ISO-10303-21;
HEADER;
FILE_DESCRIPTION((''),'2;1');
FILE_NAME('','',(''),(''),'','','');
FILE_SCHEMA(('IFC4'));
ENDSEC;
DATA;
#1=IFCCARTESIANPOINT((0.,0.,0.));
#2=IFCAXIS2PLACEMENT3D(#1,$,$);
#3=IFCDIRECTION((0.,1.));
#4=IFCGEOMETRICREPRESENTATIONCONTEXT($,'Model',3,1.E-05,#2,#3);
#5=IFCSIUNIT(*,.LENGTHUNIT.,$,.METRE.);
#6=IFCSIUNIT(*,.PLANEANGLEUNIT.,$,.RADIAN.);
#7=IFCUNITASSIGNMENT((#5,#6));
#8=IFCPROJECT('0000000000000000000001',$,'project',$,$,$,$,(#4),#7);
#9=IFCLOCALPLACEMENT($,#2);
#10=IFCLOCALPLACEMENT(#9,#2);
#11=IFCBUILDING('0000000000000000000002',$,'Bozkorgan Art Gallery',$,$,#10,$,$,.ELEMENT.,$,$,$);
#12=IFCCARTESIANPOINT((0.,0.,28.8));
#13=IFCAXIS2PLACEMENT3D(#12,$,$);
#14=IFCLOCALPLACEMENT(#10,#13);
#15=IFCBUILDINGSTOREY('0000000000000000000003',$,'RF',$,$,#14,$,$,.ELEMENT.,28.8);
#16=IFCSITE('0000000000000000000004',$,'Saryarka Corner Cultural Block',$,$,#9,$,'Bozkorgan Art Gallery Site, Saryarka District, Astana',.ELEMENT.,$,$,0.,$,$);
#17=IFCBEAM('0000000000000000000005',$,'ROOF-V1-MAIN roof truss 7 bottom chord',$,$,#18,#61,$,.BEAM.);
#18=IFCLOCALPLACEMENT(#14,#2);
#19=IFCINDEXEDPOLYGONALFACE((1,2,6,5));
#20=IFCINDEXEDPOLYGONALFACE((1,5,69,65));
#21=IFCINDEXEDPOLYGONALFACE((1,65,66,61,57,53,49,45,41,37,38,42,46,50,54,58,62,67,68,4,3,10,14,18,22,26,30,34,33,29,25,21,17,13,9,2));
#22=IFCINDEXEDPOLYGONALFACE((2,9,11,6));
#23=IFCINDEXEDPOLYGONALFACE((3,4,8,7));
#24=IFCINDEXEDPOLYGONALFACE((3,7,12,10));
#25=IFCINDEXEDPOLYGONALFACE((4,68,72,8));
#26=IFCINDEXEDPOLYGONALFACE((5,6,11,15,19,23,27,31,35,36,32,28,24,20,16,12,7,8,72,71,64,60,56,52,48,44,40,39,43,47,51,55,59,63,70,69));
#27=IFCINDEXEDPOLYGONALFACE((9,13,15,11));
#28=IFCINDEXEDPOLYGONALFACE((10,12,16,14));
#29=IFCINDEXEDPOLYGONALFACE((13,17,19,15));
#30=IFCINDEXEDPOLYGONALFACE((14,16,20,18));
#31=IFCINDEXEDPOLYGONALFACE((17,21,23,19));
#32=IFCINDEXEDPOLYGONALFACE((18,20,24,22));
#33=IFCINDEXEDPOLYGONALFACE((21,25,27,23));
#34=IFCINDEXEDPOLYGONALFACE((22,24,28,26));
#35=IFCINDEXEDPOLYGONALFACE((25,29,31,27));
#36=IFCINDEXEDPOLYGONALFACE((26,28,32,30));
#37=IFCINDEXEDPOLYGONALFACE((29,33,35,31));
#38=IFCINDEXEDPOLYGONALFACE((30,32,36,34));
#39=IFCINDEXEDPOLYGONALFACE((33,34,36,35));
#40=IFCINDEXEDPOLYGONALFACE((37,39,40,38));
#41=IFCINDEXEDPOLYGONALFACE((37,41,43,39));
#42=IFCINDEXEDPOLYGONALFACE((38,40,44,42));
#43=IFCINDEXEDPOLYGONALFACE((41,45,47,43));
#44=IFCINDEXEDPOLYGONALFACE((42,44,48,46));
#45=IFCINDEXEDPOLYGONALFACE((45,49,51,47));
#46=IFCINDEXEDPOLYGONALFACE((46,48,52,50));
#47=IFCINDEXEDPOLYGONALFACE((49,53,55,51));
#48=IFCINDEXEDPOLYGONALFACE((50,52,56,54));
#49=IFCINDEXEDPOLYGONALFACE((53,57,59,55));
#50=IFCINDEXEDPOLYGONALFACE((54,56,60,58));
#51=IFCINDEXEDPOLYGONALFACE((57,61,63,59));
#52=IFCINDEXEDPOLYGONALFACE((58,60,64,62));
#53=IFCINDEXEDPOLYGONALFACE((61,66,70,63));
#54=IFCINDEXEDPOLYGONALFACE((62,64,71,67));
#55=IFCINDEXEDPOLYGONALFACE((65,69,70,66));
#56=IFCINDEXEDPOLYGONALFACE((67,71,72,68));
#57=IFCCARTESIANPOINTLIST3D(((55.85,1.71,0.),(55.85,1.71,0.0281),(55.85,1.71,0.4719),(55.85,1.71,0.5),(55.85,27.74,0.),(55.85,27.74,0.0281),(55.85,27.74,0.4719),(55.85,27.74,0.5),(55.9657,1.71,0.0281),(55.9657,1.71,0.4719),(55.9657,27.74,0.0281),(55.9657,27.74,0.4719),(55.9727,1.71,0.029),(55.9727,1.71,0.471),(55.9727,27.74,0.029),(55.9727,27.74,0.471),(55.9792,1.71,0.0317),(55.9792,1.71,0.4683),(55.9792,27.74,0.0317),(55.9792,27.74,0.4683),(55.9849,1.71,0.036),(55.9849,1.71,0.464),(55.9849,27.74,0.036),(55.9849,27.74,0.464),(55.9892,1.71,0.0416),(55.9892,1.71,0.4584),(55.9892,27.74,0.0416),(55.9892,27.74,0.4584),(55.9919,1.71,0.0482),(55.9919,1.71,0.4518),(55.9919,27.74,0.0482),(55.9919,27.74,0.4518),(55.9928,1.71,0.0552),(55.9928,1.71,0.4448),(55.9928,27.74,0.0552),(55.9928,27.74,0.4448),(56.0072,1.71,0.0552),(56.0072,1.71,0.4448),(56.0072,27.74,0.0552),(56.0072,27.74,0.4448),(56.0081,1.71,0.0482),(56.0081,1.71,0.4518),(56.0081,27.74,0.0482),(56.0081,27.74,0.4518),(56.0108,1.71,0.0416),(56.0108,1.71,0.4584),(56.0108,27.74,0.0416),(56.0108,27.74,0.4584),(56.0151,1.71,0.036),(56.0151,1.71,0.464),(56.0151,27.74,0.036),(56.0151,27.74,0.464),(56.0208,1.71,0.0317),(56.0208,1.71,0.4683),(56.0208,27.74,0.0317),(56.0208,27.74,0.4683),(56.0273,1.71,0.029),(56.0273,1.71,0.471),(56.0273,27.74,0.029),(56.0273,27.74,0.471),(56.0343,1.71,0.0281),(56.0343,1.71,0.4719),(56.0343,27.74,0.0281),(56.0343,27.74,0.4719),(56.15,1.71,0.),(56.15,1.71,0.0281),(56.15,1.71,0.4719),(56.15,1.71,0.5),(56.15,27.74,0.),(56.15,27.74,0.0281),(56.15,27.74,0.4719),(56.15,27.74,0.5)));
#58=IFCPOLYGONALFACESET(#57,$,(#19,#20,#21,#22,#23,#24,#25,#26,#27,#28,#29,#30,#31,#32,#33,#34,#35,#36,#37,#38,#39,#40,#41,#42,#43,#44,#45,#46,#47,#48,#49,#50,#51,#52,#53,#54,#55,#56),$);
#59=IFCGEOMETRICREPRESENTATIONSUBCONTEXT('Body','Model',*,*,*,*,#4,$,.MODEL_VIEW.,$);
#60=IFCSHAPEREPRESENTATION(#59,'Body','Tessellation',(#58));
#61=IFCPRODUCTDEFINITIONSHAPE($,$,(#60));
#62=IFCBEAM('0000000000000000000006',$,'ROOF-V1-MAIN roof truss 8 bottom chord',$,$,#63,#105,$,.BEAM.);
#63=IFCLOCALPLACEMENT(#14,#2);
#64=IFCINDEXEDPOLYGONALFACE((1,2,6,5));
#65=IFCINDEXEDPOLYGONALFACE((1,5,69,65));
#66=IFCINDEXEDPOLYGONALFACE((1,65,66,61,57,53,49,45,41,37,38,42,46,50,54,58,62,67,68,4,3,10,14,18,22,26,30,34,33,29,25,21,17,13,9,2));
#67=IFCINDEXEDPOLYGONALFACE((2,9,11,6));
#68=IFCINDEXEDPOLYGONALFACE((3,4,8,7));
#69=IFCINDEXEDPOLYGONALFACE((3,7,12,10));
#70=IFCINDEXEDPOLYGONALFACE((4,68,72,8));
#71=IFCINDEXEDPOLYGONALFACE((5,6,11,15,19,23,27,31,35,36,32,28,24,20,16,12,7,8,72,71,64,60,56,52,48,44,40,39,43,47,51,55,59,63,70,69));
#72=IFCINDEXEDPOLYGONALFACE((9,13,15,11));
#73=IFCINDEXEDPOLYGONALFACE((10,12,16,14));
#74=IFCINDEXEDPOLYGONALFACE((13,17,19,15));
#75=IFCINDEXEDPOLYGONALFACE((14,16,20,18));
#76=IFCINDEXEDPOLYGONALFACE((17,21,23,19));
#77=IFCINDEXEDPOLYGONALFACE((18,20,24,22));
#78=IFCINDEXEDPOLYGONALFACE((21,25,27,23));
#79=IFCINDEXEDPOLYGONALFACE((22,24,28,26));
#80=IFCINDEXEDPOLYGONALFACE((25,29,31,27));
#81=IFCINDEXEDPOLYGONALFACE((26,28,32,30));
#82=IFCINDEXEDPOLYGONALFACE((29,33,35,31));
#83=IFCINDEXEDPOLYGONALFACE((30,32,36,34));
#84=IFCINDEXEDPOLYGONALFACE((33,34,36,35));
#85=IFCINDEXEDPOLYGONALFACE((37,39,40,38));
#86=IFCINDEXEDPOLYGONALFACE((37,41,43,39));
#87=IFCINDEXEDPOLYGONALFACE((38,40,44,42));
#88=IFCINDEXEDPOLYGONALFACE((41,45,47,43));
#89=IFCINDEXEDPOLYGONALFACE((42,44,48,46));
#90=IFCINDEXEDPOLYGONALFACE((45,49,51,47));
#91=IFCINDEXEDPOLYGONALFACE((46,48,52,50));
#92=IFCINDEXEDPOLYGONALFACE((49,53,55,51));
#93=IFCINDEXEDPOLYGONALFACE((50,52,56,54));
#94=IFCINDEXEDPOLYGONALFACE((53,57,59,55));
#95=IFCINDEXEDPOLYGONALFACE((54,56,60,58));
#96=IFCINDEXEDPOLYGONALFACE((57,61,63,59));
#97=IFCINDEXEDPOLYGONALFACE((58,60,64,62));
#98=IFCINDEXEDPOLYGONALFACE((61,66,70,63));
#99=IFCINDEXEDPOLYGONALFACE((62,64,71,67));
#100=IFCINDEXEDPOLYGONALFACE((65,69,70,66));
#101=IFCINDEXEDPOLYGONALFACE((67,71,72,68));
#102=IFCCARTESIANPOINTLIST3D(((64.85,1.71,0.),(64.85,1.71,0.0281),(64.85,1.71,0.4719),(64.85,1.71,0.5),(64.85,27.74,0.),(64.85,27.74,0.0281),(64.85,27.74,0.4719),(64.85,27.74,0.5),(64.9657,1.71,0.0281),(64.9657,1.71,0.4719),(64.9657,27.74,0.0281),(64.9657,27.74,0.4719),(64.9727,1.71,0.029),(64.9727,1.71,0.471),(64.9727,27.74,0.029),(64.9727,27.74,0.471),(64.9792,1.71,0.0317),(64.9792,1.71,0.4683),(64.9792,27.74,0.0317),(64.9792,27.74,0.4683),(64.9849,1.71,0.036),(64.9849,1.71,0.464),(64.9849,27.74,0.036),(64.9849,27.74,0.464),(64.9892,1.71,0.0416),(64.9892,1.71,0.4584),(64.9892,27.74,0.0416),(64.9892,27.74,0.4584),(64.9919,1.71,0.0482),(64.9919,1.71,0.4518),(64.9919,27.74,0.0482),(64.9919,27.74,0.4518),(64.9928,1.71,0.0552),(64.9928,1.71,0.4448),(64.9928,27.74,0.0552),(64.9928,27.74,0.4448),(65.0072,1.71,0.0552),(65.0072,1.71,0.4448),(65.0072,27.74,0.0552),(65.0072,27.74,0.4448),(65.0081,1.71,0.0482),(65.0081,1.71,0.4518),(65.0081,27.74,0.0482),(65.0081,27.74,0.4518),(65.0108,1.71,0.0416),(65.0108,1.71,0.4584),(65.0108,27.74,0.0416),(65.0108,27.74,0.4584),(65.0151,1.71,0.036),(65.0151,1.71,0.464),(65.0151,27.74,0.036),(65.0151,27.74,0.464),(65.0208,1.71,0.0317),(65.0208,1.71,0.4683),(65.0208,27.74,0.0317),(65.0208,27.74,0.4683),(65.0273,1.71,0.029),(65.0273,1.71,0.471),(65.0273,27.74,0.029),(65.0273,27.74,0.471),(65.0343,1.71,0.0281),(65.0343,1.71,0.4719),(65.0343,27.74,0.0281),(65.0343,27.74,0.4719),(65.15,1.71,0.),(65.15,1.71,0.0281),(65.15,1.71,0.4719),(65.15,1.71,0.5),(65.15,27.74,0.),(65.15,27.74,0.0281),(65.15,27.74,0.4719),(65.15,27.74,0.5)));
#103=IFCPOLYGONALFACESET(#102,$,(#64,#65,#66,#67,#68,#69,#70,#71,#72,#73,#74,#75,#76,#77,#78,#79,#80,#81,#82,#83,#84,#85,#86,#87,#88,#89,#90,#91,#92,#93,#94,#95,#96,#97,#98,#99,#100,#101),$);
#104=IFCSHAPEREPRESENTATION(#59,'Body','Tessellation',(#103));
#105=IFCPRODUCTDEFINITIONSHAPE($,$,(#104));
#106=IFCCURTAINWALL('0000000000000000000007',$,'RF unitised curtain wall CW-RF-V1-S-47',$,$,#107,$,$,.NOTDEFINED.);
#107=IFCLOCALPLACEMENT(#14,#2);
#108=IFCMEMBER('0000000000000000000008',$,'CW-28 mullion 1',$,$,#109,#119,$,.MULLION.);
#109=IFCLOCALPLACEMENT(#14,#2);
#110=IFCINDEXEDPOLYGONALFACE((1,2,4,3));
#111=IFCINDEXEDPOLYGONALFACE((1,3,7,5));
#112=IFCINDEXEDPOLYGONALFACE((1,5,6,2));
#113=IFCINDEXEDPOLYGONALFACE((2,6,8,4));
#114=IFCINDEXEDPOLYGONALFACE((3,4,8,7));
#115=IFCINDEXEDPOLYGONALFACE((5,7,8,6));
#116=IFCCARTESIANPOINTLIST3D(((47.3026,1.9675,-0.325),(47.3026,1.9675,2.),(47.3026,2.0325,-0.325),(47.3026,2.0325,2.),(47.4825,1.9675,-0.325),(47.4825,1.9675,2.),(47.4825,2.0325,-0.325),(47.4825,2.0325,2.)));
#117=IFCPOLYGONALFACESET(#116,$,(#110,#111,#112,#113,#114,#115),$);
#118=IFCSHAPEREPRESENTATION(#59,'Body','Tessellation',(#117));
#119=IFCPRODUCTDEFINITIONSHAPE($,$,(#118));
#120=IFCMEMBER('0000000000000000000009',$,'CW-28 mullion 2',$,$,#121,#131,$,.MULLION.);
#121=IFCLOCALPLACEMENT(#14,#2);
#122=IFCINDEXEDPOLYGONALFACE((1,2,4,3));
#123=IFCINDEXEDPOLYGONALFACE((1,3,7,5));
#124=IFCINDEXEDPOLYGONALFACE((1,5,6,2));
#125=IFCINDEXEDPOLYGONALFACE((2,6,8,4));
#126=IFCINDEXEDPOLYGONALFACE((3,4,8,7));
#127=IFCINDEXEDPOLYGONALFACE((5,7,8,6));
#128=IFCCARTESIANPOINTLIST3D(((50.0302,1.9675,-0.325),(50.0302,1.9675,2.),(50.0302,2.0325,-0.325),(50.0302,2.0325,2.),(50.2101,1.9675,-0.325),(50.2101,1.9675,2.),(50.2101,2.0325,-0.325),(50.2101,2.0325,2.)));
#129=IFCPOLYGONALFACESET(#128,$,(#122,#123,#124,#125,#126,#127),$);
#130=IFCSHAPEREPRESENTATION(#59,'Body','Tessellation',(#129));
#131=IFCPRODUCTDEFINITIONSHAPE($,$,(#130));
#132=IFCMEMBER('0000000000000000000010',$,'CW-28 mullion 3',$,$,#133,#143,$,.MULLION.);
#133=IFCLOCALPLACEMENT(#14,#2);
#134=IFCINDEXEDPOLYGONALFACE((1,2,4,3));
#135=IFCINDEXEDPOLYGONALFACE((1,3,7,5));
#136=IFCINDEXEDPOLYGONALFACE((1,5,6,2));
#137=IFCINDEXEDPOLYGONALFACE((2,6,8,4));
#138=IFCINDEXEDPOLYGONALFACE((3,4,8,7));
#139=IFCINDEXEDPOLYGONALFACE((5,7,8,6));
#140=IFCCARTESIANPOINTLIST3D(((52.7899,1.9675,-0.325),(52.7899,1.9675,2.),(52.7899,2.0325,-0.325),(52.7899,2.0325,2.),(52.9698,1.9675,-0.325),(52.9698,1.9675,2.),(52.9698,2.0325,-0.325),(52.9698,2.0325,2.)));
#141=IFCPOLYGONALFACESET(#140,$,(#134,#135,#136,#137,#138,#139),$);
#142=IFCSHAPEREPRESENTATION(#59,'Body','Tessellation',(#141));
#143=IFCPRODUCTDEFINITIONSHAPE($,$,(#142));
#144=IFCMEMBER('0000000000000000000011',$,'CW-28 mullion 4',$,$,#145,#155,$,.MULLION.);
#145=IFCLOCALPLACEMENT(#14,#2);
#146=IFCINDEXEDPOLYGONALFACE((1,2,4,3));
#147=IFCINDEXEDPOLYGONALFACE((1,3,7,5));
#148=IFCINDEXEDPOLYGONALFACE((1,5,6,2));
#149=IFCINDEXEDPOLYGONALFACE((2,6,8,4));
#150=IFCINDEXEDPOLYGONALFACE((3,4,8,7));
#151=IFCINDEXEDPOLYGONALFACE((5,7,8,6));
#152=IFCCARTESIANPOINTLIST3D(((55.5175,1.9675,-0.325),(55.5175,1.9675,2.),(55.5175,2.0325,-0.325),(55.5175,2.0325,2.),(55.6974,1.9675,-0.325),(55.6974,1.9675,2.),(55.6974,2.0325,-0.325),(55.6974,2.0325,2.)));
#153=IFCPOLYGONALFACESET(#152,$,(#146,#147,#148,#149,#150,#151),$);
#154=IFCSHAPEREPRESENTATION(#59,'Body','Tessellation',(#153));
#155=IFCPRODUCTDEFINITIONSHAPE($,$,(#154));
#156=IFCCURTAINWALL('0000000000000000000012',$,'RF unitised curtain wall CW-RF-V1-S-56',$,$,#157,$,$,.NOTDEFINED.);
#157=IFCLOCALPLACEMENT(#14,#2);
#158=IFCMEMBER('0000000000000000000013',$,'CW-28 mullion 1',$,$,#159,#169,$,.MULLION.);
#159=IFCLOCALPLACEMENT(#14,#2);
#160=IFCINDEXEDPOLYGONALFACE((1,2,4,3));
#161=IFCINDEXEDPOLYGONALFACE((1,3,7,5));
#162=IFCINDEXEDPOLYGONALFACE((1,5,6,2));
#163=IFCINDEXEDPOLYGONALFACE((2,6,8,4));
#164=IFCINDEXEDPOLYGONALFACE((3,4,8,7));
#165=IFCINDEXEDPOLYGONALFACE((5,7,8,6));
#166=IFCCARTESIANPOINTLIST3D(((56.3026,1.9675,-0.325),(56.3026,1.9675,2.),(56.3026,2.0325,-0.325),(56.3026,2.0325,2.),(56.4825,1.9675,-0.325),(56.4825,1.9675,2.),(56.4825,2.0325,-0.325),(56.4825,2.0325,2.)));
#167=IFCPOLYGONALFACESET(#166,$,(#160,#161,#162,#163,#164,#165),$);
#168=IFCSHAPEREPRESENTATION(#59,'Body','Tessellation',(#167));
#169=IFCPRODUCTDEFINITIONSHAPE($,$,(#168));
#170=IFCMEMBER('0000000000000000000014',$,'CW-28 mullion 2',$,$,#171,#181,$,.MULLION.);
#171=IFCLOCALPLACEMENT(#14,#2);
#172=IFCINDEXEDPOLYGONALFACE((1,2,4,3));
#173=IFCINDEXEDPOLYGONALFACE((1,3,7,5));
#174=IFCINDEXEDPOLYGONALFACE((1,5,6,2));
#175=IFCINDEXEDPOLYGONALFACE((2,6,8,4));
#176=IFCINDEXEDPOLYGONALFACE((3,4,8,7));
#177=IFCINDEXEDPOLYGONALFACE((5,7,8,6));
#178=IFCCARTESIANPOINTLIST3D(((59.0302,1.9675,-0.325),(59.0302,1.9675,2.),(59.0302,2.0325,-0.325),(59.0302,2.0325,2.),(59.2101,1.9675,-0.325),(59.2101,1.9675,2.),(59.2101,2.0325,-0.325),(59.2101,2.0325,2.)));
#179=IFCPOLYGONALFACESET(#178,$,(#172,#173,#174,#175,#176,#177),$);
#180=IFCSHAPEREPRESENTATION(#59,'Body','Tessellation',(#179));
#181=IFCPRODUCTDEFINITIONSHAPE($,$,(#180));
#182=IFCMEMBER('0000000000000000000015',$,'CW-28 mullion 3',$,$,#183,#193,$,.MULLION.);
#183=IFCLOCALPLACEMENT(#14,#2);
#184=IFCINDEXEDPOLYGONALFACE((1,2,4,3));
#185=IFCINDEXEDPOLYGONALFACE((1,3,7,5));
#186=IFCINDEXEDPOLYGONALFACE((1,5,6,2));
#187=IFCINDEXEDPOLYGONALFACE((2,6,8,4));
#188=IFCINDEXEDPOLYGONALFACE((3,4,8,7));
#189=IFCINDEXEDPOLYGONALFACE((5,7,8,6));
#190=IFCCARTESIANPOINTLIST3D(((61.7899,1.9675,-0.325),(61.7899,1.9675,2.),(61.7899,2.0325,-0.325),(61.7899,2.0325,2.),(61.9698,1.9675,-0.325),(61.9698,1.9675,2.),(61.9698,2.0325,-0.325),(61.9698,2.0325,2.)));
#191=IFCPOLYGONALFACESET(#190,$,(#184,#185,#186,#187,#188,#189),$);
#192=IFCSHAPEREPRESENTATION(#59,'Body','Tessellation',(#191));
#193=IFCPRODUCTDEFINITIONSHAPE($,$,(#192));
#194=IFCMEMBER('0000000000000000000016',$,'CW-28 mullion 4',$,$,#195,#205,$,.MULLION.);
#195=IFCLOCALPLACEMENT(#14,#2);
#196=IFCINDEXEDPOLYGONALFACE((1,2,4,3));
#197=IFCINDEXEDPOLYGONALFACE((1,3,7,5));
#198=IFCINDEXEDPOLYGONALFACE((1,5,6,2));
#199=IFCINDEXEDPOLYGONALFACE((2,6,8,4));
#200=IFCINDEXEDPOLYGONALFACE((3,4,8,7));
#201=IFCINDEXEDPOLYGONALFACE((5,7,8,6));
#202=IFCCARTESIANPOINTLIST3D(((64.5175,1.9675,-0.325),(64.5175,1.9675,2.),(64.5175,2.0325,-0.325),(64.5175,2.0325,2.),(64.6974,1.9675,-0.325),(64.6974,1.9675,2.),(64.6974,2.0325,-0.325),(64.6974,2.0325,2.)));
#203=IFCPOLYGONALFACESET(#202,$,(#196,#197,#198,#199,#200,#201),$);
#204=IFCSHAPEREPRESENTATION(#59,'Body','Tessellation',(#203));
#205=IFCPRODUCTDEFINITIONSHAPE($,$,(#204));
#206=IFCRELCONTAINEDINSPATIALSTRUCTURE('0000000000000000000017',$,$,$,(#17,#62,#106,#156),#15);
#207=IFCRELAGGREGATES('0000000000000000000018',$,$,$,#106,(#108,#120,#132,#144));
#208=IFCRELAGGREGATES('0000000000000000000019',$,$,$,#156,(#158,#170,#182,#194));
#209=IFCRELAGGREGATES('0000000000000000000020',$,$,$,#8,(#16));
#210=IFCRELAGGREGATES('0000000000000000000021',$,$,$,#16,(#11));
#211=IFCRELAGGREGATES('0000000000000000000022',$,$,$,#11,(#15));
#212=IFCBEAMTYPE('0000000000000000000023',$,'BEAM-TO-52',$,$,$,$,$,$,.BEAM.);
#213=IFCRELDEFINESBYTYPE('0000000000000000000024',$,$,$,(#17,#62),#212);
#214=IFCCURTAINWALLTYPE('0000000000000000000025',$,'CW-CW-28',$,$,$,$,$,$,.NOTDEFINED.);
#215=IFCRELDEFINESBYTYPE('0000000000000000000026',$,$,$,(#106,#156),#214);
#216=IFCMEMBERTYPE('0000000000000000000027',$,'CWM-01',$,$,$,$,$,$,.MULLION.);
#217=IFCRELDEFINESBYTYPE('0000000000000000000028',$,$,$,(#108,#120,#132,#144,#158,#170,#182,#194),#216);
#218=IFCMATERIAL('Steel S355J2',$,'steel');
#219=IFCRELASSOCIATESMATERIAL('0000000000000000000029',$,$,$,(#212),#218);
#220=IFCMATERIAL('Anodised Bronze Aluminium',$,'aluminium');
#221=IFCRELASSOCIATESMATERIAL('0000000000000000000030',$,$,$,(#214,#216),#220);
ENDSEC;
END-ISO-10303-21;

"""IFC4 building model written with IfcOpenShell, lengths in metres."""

from ifc_helpers import new_model, si_unit, direction, frame, origin, origin_2d, place, context, subcontext, project, spatial, rectangle, i_section, extrude, material, material_profile, profile_set, type_object, element, aggregate, save


model = new_model("IFC4")

# Units and contexts
model_context = context("Model", 3, precision=1e-05, world=origin(), true_north=direction((0.0, 1.0)))
body_context = subcontext(model_context, "Body", "Model", "MODEL_VIEW")
ifc_project = project(units=[si_unit("LENGTHUNIT", "METRE"), si_unit("PLANEANGLEUNIT", "RADIAN")], contexts=[model_context])

# Site, building, storey
site_placement = place(None, origin())
site = spatial("IfcSite", under=ifc_project, at=site_placement, Name="Saryarka Corner Cultural Block", LongName="Bozkorgan Art Gallery Site, Saryarka District, Astana", CompositionType="ELEMENT", RefElevation=0.0)
building_placement = place(site_placement, origin())
building = spatial("IfcBuilding", under=site, at=building_placement, Name="Bozkorgan Art Gallery", CompositionType="ELEMENT")
storey_placement = place(building_placement, frame((0.0, 0.0, 28.8)))
storey = spatial("IfcBuildingStorey", under=building, at=storey_placement, Name="RF", CompositionType="ELEMENT", Elevation=28.8)

# Beams
ifc_material_1 = material(Name="Steel S355J2", Category="steel")
ifc_material_profile_1 = material_profile(ifc_material_1, i_section(OverallWidth=0.3, OverallDepth=0.5, WebThickness=0.0144, FlangeThickness=0.0281, FilletRadius=0.0271, at=origin_2d()), Name="HEB 500")
ifc_profile_set_1 = profile_set([ifc_material_profile_1], Name="Steel S355J2")
beam_type = type_object("IfcBeamType", Name="BEAM-TO-52", PredefinedType="BEAM", material=ifc_profile_set_1)
for number, where, z_axis, x_axis, name in (
    (1, (56.0, 1.71, 0.25), (0.0, 1.0, 0.0), (-1.0, 0.0, 0.0), "ROOF-V1-MAIN roof truss 7 bottom chord"),
    (2, (65.0, 1.71, 0.25), (0.0, 1.0, 0.0), (-1.0, 0.0, 0.0), "ROOF-V1-MAIN roof truss 8 bottom chord"),
):
    element("IfcBeam", number, at=place(storey_placement, frame(where, z_axis=z_axis, x_axis=x_axis)), inside=storey, type_object=beam_type, Name=name, PredefinedType="BEAM", context=body_context, shape_type="SweptSolid", body=[
        extrude(i_section(OverallWidth=0.3, OverallDepth=0.5, WebThickness=0.0144, FlangeThickness=0.0281, FilletRadius=0.0271, at=origin_2d()), origin(), (0.0, 0.0, 1.0), 26.03),
    ])

# Curtain walls, members
ifc_material_2 = material(Name="Anodised Bronze Aluminium", Category="aluminium")
curtain_wall_type = type_object("IfcCurtainWallType", Name="CW-CW-28", PredefinedType="NOTDEFINED", material=ifc_material_2)
curtain_wall_1_placement = place(storey_placement, origin())
curtain_wall_1 = element("IfcCurtainWall", 3, at=curtain_wall_1_placement, inside=storey, type_object=curtain_wall_type, Name="RF unitised curtain wall CW-RF-V1-S-47", PredefinedType="NOTDEFINED")
ifc_material_profile_2 = material_profile(ifc_material_2, rectangle(XDim=0.0649, YDim=0.1799, at=origin_2d()), Name="ALU MULLION 65x180")
ifc_profile_set_2 = profile_set([ifc_material_profile_2], Name="Anodised Bronze Aluminium")
member_type_1 = type_object("IfcMemberType", Name="CWM-01", PredefinedType="MULLION", material=ifc_profile_set_2)
member_1_placement = place(storey_placement, frame((47.3926, 2.0, -0.325), z_axis=(0.0, 0.0, 1.0), x_axis=(0.0, 1.0, 0.0)))
member_1 = element("IfcMember", 4, at=member_1_placement, type_object=member_type_1, Name="CW-28 mullion 1", PredefinedType="MULLION", context=body_context, shape_type="SweptSolid", body=[
    extrude(rectangle(XDim=0.0649, YDim=0.1799, at=origin_2d()), origin(), (0.0, 0.0, 1.0), 2.325),
])
member_2_placement = place(storey_placement, frame((50.1201, 2.0, -0.325), z_axis=(0.0, 0.0, 1.0), x_axis=(0.0, 1.0, 0.0)))
member_2 = element("IfcMember", 5, at=member_2_placement, type_object=member_type_1, Name="CW-28 mullion 2", PredefinedType="MULLION", context=body_context, shape_type="SweptSolid", body=[
    extrude(rectangle(XDim=0.0649, YDim=0.1799, at=origin_2d()), origin(), (0.0, 0.0, 1.0), 2.325),
])
member_3_placement = place(storey_placement, frame((52.8799, 2.0, -0.325), z_axis=(0.0, 0.0, 1.0), x_axis=(0.0, 1.0, 0.0)))
member_3 = element("IfcMember", 6, at=member_3_placement, type_object=member_type_1, Name="CW-28 mullion 3", PredefinedType="MULLION", context=body_context, shape_type="SweptSolid", body=[
    extrude(rectangle(XDim=0.0649, YDim=0.1799, at=origin_2d()), origin(), (0.0, 0.0, 1.0), 2.325),
])
member_4_placement = place(storey_placement, frame((55.6074, 2.0, -0.325), z_axis=(0.0, 0.0, 1.0), x_axis=(0.0, 1.0, 0.0)))
member_4 = element("IfcMember", 7, at=member_4_placement, type_object=member_type_1, Name="CW-28 mullion 4", PredefinedType="MULLION", context=body_context, shape_type="SweptSolid", body=[
    extrude(rectangle(XDim=0.0649, YDim=0.1799, at=origin_2d()), origin(), (0.0, 0.0, 1.0), 2.325),
])
curtain_wall_2_placement = place(storey_placement, origin())
curtain_wall_2 = element("IfcCurtainWall", 8, at=curtain_wall_2_placement, inside=storey, type_object=curtain_wall_type, Name="RF unitised curtain wall CW-RF-V1-S-56", PredefinedType="NOTDEFINED")
member_5_placement = place(storey_placement, frame((56.3926, 2.0, -0.325), z_axis=(0.0, 0.0, 1.0), x_axis=(0.0, 1.0, 0.0)))
member_5 = element("IfcMember", 9, at=member_5_placement, type_object=member_type_1, Name="CW-28 mullion 1", PredefinedType="MULLION", context=body_context, shape_type="SweptSolid", body=[
    extrude(rectangle(XDim=0.0649, YDim=0.1799, at=origin_2d()), origin(), (0.0, 0.0, 1.0), 2.325),
])
member_6_placement = place(storey_placement, frame((59.1201, 2.0, -0.325), z_axis=(0.0, 0.0, 1.0), x_axis=(0.0, 1.0, 0.0)))
member_6 = element("IfcMember", 10, at=member_6_placement, type_object=member_type_1, Name="CW-28 mullion 2", PredefinedType="MULLION", context=body_context, shape_type="SweptSolid", body=[
    extrude(rectangle(XDim=0.0649, YDim=0.1799, at=origin_2d()), origin(), (0.0, 0.0, 1.0), 2.325),
])
member_7_placement = place(storey_placement, frame((61.8799, 2.0, -0.325), z_axis=(0.0, 0.0, 1.0), x_axis=(0.0, 1.0, 0.0)))
member_7 = element("IfcMember", 11, at=member_7_placement, type_object=member_type_1, Name="CW-28 mullion 3", PredefinedType="MULLION", context=body_context, shape_type="SweptSolid", body=[
    extrude(rectangle(XDim=0.0649, YDim=0.1799, at=origin_2d()), origin(), (0.0, 0.0, 1.0), 2.325),
])
member_8_placement = place(storey_placement, frame((64.6074, 2.0, -0.325), z_axis=(0.0, 0.0, 1.0), x_axis=(0.0, 1.0, 0.0)))
member_8 = element("IfcMember", 12, at=member_8_placement, type_object=member_type_1, Name="CW-28 mullion 4", PredefinedType="MULLION", context=body_context, shape_type="SweptSolid", body=[
    extrude(rectangle(XDim=0.0649, YDim=0.1799, at=origin_2d()), origin(), (0.0, 0.0, 1.0), 2.325),
])

aggregate(curtain_wall_1, [member_1, member_2, member_3, member_4])
aggregate(curtain_wall_2, [member_5, member_6, member_7, member_8])

save(model, "model.ifc")
